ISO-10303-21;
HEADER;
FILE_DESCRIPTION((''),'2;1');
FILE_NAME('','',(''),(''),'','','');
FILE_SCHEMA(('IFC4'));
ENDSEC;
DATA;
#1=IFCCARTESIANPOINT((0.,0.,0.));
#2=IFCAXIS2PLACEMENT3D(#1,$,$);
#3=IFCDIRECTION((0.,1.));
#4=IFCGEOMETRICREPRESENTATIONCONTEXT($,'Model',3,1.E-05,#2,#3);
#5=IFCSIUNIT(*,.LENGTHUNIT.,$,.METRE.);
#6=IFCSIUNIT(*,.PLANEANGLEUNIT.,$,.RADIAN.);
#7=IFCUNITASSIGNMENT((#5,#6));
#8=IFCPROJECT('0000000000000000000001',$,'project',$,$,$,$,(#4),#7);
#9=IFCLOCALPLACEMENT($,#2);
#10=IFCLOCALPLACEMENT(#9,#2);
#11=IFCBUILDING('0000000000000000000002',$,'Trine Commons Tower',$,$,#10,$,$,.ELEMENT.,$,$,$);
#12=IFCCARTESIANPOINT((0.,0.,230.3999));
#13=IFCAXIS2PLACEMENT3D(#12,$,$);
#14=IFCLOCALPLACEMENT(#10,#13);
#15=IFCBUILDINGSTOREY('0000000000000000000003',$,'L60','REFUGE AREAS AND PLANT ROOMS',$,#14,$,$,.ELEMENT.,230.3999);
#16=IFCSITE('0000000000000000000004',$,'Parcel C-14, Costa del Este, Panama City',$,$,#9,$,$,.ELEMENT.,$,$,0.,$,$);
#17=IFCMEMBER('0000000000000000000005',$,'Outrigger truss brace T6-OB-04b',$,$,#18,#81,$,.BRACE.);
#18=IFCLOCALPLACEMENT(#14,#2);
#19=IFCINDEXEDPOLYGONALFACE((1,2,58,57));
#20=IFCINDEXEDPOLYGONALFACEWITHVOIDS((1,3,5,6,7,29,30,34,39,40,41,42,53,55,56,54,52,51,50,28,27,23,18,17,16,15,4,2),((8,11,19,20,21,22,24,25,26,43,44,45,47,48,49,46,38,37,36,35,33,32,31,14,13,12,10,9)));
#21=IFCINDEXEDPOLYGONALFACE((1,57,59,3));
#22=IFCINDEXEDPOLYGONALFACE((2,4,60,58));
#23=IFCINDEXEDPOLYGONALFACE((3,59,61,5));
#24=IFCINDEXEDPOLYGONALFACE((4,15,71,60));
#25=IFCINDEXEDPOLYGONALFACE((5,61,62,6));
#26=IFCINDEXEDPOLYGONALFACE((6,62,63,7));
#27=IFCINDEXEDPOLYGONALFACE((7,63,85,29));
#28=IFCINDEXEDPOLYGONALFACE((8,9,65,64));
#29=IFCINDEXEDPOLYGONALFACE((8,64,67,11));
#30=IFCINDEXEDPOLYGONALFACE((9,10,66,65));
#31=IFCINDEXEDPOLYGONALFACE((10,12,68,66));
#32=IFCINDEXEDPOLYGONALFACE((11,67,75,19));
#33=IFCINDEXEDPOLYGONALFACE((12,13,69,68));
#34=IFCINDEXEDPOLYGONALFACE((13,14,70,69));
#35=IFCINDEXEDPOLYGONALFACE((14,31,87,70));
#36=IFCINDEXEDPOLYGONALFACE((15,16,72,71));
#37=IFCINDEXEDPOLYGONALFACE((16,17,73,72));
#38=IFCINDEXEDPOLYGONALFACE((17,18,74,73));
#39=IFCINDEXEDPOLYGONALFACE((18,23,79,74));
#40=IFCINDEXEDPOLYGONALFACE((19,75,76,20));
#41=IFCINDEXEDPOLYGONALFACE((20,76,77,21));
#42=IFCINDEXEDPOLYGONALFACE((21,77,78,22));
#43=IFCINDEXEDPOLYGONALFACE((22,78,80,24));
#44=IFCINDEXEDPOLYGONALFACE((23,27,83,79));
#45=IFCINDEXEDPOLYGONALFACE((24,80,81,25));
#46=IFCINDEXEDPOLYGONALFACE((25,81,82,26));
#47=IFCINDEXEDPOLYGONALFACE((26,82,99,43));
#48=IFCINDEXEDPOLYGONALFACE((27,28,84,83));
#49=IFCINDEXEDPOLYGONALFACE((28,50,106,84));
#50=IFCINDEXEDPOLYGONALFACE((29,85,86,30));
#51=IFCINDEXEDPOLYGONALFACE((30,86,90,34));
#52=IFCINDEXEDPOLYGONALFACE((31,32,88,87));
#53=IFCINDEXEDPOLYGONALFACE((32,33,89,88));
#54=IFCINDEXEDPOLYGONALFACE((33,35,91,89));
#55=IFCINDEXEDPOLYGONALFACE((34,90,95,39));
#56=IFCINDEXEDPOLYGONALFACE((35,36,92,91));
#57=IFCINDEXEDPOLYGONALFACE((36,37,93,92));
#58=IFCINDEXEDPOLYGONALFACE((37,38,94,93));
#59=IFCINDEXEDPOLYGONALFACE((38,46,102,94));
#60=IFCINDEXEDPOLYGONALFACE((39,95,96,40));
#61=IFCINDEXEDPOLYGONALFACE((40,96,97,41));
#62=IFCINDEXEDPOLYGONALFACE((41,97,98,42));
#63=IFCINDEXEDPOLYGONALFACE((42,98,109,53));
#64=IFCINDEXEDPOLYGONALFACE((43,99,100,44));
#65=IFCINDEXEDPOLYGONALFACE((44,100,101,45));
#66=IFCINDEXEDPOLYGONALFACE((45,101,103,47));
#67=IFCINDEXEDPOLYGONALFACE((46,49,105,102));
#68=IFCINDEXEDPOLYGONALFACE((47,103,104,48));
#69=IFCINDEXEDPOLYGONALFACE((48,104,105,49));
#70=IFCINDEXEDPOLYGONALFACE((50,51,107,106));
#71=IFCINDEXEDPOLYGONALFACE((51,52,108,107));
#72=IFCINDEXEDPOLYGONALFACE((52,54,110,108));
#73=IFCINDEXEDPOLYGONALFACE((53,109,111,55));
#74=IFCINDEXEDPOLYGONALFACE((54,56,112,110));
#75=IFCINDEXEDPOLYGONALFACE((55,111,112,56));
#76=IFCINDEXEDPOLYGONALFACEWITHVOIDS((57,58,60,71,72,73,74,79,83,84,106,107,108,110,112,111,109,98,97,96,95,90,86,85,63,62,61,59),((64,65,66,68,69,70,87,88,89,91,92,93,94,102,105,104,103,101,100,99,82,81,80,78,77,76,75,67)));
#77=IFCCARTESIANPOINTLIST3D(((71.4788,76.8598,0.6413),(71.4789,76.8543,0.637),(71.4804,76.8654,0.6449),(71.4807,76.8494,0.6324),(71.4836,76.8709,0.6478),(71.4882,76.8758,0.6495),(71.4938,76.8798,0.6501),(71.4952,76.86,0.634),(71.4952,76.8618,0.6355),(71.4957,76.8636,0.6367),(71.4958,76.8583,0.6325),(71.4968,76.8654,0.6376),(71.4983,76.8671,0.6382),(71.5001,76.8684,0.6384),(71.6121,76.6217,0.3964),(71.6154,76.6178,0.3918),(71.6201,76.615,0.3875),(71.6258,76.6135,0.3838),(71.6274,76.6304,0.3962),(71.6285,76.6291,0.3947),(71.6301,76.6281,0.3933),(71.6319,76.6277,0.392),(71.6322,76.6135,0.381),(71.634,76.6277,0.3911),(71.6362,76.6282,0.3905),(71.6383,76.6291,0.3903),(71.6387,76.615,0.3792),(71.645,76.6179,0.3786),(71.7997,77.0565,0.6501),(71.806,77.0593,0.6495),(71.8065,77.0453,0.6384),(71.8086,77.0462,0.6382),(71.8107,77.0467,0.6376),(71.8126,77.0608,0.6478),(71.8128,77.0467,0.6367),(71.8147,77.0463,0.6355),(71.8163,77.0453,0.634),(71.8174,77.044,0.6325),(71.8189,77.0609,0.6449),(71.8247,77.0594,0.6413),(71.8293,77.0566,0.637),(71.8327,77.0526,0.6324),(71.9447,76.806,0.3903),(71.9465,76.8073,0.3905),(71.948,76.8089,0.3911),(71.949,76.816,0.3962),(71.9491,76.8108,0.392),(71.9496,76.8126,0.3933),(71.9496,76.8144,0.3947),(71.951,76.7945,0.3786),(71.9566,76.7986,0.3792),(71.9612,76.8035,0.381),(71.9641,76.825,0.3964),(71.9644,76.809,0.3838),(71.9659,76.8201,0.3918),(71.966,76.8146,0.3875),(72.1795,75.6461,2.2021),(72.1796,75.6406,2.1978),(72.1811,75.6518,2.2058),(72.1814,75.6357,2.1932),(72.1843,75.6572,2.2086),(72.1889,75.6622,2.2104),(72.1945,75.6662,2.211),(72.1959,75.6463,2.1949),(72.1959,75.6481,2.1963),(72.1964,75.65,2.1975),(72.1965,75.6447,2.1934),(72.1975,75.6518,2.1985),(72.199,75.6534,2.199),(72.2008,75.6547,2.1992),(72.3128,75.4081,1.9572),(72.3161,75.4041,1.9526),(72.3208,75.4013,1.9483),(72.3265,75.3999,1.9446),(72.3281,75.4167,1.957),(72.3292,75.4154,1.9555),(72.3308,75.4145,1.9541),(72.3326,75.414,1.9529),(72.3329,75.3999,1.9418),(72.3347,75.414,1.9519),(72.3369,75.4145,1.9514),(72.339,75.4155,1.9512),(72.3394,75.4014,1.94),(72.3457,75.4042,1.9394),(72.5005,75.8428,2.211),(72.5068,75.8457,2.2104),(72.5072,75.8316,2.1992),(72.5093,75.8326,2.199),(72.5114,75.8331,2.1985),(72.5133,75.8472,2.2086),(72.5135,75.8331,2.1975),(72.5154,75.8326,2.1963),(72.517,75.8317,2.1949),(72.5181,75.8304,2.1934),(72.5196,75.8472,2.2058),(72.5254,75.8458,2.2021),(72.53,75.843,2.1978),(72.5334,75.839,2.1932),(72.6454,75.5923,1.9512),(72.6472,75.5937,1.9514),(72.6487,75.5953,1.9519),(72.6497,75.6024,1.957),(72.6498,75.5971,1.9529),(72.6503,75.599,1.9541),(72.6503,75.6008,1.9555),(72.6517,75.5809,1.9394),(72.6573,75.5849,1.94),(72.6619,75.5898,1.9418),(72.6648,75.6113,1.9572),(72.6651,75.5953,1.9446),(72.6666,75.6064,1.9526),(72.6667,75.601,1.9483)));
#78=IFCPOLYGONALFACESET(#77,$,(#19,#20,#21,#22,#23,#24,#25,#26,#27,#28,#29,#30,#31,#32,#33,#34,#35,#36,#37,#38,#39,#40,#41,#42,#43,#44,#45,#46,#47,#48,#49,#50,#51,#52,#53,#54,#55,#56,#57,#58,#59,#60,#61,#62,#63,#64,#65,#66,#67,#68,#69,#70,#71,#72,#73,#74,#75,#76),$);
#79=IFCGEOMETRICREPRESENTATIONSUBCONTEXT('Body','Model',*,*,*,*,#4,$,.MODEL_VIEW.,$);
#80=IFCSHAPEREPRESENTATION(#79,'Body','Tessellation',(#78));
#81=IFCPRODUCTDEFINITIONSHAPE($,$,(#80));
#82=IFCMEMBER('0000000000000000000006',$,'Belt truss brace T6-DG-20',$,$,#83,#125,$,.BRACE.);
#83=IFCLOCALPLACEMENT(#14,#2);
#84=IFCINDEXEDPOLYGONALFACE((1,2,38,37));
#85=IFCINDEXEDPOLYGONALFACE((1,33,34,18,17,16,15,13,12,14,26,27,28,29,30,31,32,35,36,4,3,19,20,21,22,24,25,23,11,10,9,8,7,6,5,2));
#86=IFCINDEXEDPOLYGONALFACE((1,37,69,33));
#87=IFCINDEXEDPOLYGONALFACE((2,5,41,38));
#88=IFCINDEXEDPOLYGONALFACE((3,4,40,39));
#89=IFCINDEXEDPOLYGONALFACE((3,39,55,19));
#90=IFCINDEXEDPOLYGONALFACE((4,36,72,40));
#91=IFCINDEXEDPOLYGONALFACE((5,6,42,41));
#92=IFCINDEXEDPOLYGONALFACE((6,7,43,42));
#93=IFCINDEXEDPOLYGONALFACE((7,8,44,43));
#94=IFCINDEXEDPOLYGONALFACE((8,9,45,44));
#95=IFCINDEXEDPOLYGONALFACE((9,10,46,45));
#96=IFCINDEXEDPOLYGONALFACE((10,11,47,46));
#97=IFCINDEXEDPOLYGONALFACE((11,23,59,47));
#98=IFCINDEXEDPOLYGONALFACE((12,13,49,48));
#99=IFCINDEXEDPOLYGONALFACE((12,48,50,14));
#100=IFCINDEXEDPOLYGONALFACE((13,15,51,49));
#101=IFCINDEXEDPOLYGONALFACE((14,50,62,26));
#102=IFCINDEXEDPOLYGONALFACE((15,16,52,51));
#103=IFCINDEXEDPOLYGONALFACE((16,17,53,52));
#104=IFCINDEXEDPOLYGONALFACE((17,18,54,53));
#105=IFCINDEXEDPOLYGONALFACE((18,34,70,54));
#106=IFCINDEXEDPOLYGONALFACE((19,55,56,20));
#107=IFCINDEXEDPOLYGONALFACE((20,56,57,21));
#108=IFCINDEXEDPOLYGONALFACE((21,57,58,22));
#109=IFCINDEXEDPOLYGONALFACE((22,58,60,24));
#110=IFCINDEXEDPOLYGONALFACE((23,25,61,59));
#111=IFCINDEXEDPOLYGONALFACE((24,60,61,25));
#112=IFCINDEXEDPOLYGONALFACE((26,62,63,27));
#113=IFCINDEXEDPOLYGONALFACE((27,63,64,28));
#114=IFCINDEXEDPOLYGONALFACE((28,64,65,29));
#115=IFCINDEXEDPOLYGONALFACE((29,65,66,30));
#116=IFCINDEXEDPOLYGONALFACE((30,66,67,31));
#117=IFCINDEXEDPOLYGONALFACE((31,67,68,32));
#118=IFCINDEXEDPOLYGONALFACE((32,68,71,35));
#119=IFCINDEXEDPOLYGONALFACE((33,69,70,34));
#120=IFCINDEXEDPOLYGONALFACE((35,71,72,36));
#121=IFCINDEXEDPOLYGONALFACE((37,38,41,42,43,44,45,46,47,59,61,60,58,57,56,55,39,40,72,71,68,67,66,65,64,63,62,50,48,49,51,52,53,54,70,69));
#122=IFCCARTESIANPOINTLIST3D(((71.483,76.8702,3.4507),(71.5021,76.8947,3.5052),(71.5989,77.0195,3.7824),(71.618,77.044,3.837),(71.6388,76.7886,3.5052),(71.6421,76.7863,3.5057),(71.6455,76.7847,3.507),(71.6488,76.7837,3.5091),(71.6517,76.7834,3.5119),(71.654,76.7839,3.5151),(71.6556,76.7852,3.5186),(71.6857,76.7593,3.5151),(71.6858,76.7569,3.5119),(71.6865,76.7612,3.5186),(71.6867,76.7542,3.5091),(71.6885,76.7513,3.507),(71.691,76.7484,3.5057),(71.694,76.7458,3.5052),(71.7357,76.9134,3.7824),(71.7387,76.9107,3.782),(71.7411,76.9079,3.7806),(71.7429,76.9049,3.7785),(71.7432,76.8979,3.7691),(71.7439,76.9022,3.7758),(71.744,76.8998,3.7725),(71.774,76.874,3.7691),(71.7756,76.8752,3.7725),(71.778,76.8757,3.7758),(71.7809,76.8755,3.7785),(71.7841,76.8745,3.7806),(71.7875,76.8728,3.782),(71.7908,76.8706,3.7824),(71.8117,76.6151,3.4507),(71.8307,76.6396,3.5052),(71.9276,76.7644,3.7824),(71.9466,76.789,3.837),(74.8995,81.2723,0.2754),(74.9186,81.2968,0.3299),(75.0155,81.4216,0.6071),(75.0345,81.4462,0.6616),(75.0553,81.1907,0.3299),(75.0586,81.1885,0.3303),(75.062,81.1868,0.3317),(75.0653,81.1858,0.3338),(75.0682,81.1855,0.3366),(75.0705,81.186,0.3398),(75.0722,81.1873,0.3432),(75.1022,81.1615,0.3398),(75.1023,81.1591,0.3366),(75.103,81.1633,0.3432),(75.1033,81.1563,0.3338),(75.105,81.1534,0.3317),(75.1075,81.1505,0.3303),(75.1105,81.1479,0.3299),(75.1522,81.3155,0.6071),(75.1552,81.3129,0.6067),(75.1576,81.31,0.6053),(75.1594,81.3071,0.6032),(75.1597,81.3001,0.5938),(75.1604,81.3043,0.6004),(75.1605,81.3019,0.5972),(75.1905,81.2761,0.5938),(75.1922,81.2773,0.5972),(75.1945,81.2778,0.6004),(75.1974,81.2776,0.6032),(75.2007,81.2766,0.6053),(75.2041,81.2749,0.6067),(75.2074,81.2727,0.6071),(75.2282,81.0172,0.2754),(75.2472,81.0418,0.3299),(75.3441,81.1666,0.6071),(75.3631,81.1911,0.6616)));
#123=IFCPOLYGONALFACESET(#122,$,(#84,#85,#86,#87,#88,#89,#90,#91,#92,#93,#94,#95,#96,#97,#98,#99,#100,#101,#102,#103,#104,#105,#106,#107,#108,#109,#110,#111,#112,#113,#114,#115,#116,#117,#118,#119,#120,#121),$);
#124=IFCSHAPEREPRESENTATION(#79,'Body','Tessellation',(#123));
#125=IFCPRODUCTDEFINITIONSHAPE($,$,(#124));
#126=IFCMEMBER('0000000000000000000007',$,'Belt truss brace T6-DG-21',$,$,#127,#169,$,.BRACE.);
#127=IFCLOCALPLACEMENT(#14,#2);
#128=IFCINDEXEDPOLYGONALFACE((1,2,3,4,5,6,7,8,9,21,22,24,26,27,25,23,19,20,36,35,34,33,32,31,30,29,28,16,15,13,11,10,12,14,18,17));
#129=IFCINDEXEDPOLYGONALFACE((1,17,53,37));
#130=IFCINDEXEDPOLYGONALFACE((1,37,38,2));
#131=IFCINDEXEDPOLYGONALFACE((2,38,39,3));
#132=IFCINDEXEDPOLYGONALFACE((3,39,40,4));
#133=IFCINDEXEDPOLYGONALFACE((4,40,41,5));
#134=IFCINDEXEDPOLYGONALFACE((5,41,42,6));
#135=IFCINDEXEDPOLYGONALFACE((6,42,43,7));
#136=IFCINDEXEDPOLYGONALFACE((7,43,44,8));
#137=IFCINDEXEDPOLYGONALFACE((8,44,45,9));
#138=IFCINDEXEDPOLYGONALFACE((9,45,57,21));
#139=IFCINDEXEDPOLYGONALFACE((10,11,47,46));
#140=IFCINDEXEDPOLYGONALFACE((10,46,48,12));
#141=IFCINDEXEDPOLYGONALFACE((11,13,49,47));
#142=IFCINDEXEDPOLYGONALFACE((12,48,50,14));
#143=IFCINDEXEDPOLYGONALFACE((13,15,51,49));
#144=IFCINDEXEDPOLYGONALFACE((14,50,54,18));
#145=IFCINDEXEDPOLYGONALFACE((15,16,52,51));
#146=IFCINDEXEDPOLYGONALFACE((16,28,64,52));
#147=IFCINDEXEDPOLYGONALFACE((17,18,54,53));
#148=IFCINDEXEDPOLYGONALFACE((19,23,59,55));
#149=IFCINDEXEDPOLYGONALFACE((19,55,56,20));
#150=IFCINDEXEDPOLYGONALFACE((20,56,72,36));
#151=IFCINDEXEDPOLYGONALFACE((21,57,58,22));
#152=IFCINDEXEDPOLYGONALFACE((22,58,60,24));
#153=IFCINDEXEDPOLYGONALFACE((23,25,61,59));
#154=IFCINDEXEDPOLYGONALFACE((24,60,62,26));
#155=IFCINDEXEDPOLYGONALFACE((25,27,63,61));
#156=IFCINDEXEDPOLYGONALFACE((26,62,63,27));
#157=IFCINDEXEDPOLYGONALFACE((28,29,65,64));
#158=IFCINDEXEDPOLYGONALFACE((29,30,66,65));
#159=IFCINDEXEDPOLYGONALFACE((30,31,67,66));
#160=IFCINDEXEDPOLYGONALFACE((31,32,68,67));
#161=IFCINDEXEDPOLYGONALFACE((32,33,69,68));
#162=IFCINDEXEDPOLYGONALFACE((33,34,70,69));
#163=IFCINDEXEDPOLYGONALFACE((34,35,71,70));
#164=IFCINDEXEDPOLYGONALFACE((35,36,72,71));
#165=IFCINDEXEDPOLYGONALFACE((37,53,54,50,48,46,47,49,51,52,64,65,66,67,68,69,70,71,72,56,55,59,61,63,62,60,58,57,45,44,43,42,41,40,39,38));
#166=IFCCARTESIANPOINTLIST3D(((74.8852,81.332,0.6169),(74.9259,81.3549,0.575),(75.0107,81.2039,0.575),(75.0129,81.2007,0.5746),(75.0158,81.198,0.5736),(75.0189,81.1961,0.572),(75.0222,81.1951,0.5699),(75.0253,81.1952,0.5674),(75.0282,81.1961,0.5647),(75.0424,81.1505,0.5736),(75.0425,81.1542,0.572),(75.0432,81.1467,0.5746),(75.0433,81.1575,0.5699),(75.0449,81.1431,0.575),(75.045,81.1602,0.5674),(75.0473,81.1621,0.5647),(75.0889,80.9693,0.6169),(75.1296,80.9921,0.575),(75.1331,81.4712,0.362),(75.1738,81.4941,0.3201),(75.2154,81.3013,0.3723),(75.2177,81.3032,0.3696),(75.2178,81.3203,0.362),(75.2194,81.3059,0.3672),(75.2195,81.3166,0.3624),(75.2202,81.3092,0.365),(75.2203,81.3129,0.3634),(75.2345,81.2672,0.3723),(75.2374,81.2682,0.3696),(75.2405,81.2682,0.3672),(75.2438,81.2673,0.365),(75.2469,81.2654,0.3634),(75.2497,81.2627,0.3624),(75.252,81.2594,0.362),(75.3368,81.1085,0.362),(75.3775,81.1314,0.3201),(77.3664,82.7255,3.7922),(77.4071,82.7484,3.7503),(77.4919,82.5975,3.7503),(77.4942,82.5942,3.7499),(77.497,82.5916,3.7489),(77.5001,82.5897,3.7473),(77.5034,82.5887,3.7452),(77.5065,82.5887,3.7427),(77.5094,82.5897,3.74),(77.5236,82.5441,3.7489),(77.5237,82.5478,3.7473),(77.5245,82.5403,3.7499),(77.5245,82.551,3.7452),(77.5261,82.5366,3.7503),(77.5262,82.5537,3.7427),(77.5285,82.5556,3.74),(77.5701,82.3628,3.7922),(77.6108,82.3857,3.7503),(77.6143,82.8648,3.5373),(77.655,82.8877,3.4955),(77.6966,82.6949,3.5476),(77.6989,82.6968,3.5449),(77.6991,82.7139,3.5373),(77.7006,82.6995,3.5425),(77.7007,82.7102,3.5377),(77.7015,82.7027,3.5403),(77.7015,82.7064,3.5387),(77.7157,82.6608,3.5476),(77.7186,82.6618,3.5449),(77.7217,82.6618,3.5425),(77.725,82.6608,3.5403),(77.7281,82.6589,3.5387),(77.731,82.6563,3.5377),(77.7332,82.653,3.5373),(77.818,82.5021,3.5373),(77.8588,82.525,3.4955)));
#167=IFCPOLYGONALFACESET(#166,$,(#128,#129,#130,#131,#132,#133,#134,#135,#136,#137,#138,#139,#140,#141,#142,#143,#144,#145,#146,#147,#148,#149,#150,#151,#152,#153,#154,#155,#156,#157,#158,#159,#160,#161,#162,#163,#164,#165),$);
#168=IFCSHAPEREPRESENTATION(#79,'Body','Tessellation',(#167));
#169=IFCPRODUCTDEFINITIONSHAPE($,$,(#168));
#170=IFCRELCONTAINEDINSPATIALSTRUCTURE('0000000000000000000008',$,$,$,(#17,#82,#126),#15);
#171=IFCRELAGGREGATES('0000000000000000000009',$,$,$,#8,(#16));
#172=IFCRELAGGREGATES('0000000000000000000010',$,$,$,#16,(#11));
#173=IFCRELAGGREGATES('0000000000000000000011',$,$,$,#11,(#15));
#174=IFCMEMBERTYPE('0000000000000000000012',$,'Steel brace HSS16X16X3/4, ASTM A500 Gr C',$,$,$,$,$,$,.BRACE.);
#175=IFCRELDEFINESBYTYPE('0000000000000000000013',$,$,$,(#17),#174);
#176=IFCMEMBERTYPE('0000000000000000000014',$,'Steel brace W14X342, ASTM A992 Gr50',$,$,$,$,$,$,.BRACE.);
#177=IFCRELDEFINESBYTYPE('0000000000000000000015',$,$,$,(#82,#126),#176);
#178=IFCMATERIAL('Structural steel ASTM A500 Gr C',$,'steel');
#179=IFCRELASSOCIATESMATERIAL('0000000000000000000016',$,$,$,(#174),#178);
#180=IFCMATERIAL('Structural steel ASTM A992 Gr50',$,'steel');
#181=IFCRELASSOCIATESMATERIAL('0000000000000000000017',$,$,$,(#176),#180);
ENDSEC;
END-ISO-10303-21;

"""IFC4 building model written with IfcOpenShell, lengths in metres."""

from ifc_helpers import new_model, si_unit, direction, frame, origin, origin_2d, place, context, subcontext, project, spatial, hollow_rectangle, i_section, extrude, material, material_profile, profile_set, type_object, element, save


model = new_model("IFC4")

# Units and contexts
model_context = context("Model", 3, precision=1e-05, world=origin(), true_north=direction((0.0, 1.0)))
body_context = subcontext(model_context, "Body", "Model", "MODEL_VIEW")
ifc_project = project(units=[si_unit("LENGTHUNIT", "METRE"), si_unit("PLANEANGLEUNIT", "RADIAN")], contexts=[model_context])

# Site, building, storey
site_placement = place(None, origin())
site = spatial("IfcSite", under=ifc_project, at=site_placement, Name="Parcel C-14, Costa del Este, Panama City", CompositionType="ELEMENT", RefElevation=0.0)
building_placement = place(site_placement, origin())
building = spatial("IfcBuilding", under=site, at=building_placement, Name="Trine Commons Tower", CompositionType="ELEMENT")
storey_placement = place(building_placement, frame((0.0, 0.0, 230.3999)))
storey = spatial("IfcBuildingStorey", under=building, at=storey_placement, Name="L60", Description="REFUGE AREAS AND PLANT ROOMS", CompositionType="ELEMENT", Elevation=230.3999)

# Members
ifc_material_1 = material(Name="Structural steel ASTM A500 Gr C", Category="steel")
ifc_material_profile_1 = material_profile(ifc_material_1, hollow_rectangle(XDim=0.4065, YDim=0.4065, WallThickness=0.0176, InnerFilletRadius=0.0088, OuterFilletRadius=0.0266, at=origin_2d()), Name="HSS16X16X3/4")
ifc_profile_set_1 = profile_set([ifc_material_profile_1], Name="Structural steel ASTM A500 Gr C")
member_type_1 = type_object("IfcMemberType", Name="Steel brace HSS16X16X3/4, ASTM A500 Gr C", PredefinedType="BRACE", material=ifc_profile_set_1)
member_1_placement = place(storey_placement, frame((72.4231, 75.6235, 2.0752), z_axis=(-0.334041, 0.578578, -0.744086), x_axis=(-0.866026, -0.499999, 0.0)))
element("IfcMember", 1, at=member_1_placement, inside=storey, type_object=member_type_1, Name="Outrigger truss brace T6-OB-04b", PredefinedType="BRACE", context=body_context, shape_type="SweptSolid", body=[
    extrude(hollow_rectangle(XDim=0.4065, YDim=0.4065, WallThickness=0.0176, InnerFilletRadius=0.0088, OuterFilletRadius=0.0266, at=origin_2d()), origin(), (0.0, 0.0, 1.0), 2.0977),
])
ifc_material_2 = material(Name="Structural steel ASTM A992 Gr50", Category="steel")
ifc_material_profile_2 = material_profile(ifc_material_2, i_section(OverallWidth=0.416, OverallDepth=0.4446, WebThickness=0.0391, FlangeThickness=0.0627, FilletRadius=0.0154, at=origin_2d()), Name="W14X342")
ifc_profile_set_2 = profile_set([ifc_material_profile_2], Name="Structural steel ASTM A992 Gr50")
member_type_2 = type_object("IfcMemberType", Name="Steel brace W14X342, ASTM A992 Gr50", PredefinedType="BRACE", material=ifc_profile_set_2)
member_2_placement = place(storey_placement, frame((75.1313, 81.2317, 0.4685), z_axis=(-0.532702, -0.686376, 0.495092), x_axis=(0.789991, -0.613118, 0.0)))
element("IfcMember", 2, at=member_2_placement, inside=storey, type_object=member_type_2, Name="Belt truss brace T6-DG-20", PredefinedType="BRACE", context=body_context, shape_type="SweptSolid", body=[
    extrude(i_section(OverallWidth=0.416, OverallDepth=0.4446, WebThickness=0.0391, FlangeThickness=0.0627, FilletRadius=0.0154, at=origin_2d()), origin(), (0.0, 0.0, 1.0), 6.4136),
])
member_3_placement = place(storey_placement, frame((75.1313, 81.2317, 0.4685), z_axis=(0.581909, 0.326826, 0.744692), x_axis=(-0.489695, 0.871894, 0.0)))
element("IfcMember", 3, at=member_3_placement, inside=storey, type_object=member_type_2, Name="Belt truss brace T6-DG-21", PredefinedType="BRACE", context=body_context, shape_type="SweptSolid", body=[
    extrude(i_section(OverallWidth=0.416, OverallDepth=0.4446, WebThickness=0.0391, FlangeThickness=0.0627, FilletRadius=0.0154, at=origin_2d()), origin(), (0.0, 0.0, 1.0), 4.2639),
])

save(model, "model.ifc")
